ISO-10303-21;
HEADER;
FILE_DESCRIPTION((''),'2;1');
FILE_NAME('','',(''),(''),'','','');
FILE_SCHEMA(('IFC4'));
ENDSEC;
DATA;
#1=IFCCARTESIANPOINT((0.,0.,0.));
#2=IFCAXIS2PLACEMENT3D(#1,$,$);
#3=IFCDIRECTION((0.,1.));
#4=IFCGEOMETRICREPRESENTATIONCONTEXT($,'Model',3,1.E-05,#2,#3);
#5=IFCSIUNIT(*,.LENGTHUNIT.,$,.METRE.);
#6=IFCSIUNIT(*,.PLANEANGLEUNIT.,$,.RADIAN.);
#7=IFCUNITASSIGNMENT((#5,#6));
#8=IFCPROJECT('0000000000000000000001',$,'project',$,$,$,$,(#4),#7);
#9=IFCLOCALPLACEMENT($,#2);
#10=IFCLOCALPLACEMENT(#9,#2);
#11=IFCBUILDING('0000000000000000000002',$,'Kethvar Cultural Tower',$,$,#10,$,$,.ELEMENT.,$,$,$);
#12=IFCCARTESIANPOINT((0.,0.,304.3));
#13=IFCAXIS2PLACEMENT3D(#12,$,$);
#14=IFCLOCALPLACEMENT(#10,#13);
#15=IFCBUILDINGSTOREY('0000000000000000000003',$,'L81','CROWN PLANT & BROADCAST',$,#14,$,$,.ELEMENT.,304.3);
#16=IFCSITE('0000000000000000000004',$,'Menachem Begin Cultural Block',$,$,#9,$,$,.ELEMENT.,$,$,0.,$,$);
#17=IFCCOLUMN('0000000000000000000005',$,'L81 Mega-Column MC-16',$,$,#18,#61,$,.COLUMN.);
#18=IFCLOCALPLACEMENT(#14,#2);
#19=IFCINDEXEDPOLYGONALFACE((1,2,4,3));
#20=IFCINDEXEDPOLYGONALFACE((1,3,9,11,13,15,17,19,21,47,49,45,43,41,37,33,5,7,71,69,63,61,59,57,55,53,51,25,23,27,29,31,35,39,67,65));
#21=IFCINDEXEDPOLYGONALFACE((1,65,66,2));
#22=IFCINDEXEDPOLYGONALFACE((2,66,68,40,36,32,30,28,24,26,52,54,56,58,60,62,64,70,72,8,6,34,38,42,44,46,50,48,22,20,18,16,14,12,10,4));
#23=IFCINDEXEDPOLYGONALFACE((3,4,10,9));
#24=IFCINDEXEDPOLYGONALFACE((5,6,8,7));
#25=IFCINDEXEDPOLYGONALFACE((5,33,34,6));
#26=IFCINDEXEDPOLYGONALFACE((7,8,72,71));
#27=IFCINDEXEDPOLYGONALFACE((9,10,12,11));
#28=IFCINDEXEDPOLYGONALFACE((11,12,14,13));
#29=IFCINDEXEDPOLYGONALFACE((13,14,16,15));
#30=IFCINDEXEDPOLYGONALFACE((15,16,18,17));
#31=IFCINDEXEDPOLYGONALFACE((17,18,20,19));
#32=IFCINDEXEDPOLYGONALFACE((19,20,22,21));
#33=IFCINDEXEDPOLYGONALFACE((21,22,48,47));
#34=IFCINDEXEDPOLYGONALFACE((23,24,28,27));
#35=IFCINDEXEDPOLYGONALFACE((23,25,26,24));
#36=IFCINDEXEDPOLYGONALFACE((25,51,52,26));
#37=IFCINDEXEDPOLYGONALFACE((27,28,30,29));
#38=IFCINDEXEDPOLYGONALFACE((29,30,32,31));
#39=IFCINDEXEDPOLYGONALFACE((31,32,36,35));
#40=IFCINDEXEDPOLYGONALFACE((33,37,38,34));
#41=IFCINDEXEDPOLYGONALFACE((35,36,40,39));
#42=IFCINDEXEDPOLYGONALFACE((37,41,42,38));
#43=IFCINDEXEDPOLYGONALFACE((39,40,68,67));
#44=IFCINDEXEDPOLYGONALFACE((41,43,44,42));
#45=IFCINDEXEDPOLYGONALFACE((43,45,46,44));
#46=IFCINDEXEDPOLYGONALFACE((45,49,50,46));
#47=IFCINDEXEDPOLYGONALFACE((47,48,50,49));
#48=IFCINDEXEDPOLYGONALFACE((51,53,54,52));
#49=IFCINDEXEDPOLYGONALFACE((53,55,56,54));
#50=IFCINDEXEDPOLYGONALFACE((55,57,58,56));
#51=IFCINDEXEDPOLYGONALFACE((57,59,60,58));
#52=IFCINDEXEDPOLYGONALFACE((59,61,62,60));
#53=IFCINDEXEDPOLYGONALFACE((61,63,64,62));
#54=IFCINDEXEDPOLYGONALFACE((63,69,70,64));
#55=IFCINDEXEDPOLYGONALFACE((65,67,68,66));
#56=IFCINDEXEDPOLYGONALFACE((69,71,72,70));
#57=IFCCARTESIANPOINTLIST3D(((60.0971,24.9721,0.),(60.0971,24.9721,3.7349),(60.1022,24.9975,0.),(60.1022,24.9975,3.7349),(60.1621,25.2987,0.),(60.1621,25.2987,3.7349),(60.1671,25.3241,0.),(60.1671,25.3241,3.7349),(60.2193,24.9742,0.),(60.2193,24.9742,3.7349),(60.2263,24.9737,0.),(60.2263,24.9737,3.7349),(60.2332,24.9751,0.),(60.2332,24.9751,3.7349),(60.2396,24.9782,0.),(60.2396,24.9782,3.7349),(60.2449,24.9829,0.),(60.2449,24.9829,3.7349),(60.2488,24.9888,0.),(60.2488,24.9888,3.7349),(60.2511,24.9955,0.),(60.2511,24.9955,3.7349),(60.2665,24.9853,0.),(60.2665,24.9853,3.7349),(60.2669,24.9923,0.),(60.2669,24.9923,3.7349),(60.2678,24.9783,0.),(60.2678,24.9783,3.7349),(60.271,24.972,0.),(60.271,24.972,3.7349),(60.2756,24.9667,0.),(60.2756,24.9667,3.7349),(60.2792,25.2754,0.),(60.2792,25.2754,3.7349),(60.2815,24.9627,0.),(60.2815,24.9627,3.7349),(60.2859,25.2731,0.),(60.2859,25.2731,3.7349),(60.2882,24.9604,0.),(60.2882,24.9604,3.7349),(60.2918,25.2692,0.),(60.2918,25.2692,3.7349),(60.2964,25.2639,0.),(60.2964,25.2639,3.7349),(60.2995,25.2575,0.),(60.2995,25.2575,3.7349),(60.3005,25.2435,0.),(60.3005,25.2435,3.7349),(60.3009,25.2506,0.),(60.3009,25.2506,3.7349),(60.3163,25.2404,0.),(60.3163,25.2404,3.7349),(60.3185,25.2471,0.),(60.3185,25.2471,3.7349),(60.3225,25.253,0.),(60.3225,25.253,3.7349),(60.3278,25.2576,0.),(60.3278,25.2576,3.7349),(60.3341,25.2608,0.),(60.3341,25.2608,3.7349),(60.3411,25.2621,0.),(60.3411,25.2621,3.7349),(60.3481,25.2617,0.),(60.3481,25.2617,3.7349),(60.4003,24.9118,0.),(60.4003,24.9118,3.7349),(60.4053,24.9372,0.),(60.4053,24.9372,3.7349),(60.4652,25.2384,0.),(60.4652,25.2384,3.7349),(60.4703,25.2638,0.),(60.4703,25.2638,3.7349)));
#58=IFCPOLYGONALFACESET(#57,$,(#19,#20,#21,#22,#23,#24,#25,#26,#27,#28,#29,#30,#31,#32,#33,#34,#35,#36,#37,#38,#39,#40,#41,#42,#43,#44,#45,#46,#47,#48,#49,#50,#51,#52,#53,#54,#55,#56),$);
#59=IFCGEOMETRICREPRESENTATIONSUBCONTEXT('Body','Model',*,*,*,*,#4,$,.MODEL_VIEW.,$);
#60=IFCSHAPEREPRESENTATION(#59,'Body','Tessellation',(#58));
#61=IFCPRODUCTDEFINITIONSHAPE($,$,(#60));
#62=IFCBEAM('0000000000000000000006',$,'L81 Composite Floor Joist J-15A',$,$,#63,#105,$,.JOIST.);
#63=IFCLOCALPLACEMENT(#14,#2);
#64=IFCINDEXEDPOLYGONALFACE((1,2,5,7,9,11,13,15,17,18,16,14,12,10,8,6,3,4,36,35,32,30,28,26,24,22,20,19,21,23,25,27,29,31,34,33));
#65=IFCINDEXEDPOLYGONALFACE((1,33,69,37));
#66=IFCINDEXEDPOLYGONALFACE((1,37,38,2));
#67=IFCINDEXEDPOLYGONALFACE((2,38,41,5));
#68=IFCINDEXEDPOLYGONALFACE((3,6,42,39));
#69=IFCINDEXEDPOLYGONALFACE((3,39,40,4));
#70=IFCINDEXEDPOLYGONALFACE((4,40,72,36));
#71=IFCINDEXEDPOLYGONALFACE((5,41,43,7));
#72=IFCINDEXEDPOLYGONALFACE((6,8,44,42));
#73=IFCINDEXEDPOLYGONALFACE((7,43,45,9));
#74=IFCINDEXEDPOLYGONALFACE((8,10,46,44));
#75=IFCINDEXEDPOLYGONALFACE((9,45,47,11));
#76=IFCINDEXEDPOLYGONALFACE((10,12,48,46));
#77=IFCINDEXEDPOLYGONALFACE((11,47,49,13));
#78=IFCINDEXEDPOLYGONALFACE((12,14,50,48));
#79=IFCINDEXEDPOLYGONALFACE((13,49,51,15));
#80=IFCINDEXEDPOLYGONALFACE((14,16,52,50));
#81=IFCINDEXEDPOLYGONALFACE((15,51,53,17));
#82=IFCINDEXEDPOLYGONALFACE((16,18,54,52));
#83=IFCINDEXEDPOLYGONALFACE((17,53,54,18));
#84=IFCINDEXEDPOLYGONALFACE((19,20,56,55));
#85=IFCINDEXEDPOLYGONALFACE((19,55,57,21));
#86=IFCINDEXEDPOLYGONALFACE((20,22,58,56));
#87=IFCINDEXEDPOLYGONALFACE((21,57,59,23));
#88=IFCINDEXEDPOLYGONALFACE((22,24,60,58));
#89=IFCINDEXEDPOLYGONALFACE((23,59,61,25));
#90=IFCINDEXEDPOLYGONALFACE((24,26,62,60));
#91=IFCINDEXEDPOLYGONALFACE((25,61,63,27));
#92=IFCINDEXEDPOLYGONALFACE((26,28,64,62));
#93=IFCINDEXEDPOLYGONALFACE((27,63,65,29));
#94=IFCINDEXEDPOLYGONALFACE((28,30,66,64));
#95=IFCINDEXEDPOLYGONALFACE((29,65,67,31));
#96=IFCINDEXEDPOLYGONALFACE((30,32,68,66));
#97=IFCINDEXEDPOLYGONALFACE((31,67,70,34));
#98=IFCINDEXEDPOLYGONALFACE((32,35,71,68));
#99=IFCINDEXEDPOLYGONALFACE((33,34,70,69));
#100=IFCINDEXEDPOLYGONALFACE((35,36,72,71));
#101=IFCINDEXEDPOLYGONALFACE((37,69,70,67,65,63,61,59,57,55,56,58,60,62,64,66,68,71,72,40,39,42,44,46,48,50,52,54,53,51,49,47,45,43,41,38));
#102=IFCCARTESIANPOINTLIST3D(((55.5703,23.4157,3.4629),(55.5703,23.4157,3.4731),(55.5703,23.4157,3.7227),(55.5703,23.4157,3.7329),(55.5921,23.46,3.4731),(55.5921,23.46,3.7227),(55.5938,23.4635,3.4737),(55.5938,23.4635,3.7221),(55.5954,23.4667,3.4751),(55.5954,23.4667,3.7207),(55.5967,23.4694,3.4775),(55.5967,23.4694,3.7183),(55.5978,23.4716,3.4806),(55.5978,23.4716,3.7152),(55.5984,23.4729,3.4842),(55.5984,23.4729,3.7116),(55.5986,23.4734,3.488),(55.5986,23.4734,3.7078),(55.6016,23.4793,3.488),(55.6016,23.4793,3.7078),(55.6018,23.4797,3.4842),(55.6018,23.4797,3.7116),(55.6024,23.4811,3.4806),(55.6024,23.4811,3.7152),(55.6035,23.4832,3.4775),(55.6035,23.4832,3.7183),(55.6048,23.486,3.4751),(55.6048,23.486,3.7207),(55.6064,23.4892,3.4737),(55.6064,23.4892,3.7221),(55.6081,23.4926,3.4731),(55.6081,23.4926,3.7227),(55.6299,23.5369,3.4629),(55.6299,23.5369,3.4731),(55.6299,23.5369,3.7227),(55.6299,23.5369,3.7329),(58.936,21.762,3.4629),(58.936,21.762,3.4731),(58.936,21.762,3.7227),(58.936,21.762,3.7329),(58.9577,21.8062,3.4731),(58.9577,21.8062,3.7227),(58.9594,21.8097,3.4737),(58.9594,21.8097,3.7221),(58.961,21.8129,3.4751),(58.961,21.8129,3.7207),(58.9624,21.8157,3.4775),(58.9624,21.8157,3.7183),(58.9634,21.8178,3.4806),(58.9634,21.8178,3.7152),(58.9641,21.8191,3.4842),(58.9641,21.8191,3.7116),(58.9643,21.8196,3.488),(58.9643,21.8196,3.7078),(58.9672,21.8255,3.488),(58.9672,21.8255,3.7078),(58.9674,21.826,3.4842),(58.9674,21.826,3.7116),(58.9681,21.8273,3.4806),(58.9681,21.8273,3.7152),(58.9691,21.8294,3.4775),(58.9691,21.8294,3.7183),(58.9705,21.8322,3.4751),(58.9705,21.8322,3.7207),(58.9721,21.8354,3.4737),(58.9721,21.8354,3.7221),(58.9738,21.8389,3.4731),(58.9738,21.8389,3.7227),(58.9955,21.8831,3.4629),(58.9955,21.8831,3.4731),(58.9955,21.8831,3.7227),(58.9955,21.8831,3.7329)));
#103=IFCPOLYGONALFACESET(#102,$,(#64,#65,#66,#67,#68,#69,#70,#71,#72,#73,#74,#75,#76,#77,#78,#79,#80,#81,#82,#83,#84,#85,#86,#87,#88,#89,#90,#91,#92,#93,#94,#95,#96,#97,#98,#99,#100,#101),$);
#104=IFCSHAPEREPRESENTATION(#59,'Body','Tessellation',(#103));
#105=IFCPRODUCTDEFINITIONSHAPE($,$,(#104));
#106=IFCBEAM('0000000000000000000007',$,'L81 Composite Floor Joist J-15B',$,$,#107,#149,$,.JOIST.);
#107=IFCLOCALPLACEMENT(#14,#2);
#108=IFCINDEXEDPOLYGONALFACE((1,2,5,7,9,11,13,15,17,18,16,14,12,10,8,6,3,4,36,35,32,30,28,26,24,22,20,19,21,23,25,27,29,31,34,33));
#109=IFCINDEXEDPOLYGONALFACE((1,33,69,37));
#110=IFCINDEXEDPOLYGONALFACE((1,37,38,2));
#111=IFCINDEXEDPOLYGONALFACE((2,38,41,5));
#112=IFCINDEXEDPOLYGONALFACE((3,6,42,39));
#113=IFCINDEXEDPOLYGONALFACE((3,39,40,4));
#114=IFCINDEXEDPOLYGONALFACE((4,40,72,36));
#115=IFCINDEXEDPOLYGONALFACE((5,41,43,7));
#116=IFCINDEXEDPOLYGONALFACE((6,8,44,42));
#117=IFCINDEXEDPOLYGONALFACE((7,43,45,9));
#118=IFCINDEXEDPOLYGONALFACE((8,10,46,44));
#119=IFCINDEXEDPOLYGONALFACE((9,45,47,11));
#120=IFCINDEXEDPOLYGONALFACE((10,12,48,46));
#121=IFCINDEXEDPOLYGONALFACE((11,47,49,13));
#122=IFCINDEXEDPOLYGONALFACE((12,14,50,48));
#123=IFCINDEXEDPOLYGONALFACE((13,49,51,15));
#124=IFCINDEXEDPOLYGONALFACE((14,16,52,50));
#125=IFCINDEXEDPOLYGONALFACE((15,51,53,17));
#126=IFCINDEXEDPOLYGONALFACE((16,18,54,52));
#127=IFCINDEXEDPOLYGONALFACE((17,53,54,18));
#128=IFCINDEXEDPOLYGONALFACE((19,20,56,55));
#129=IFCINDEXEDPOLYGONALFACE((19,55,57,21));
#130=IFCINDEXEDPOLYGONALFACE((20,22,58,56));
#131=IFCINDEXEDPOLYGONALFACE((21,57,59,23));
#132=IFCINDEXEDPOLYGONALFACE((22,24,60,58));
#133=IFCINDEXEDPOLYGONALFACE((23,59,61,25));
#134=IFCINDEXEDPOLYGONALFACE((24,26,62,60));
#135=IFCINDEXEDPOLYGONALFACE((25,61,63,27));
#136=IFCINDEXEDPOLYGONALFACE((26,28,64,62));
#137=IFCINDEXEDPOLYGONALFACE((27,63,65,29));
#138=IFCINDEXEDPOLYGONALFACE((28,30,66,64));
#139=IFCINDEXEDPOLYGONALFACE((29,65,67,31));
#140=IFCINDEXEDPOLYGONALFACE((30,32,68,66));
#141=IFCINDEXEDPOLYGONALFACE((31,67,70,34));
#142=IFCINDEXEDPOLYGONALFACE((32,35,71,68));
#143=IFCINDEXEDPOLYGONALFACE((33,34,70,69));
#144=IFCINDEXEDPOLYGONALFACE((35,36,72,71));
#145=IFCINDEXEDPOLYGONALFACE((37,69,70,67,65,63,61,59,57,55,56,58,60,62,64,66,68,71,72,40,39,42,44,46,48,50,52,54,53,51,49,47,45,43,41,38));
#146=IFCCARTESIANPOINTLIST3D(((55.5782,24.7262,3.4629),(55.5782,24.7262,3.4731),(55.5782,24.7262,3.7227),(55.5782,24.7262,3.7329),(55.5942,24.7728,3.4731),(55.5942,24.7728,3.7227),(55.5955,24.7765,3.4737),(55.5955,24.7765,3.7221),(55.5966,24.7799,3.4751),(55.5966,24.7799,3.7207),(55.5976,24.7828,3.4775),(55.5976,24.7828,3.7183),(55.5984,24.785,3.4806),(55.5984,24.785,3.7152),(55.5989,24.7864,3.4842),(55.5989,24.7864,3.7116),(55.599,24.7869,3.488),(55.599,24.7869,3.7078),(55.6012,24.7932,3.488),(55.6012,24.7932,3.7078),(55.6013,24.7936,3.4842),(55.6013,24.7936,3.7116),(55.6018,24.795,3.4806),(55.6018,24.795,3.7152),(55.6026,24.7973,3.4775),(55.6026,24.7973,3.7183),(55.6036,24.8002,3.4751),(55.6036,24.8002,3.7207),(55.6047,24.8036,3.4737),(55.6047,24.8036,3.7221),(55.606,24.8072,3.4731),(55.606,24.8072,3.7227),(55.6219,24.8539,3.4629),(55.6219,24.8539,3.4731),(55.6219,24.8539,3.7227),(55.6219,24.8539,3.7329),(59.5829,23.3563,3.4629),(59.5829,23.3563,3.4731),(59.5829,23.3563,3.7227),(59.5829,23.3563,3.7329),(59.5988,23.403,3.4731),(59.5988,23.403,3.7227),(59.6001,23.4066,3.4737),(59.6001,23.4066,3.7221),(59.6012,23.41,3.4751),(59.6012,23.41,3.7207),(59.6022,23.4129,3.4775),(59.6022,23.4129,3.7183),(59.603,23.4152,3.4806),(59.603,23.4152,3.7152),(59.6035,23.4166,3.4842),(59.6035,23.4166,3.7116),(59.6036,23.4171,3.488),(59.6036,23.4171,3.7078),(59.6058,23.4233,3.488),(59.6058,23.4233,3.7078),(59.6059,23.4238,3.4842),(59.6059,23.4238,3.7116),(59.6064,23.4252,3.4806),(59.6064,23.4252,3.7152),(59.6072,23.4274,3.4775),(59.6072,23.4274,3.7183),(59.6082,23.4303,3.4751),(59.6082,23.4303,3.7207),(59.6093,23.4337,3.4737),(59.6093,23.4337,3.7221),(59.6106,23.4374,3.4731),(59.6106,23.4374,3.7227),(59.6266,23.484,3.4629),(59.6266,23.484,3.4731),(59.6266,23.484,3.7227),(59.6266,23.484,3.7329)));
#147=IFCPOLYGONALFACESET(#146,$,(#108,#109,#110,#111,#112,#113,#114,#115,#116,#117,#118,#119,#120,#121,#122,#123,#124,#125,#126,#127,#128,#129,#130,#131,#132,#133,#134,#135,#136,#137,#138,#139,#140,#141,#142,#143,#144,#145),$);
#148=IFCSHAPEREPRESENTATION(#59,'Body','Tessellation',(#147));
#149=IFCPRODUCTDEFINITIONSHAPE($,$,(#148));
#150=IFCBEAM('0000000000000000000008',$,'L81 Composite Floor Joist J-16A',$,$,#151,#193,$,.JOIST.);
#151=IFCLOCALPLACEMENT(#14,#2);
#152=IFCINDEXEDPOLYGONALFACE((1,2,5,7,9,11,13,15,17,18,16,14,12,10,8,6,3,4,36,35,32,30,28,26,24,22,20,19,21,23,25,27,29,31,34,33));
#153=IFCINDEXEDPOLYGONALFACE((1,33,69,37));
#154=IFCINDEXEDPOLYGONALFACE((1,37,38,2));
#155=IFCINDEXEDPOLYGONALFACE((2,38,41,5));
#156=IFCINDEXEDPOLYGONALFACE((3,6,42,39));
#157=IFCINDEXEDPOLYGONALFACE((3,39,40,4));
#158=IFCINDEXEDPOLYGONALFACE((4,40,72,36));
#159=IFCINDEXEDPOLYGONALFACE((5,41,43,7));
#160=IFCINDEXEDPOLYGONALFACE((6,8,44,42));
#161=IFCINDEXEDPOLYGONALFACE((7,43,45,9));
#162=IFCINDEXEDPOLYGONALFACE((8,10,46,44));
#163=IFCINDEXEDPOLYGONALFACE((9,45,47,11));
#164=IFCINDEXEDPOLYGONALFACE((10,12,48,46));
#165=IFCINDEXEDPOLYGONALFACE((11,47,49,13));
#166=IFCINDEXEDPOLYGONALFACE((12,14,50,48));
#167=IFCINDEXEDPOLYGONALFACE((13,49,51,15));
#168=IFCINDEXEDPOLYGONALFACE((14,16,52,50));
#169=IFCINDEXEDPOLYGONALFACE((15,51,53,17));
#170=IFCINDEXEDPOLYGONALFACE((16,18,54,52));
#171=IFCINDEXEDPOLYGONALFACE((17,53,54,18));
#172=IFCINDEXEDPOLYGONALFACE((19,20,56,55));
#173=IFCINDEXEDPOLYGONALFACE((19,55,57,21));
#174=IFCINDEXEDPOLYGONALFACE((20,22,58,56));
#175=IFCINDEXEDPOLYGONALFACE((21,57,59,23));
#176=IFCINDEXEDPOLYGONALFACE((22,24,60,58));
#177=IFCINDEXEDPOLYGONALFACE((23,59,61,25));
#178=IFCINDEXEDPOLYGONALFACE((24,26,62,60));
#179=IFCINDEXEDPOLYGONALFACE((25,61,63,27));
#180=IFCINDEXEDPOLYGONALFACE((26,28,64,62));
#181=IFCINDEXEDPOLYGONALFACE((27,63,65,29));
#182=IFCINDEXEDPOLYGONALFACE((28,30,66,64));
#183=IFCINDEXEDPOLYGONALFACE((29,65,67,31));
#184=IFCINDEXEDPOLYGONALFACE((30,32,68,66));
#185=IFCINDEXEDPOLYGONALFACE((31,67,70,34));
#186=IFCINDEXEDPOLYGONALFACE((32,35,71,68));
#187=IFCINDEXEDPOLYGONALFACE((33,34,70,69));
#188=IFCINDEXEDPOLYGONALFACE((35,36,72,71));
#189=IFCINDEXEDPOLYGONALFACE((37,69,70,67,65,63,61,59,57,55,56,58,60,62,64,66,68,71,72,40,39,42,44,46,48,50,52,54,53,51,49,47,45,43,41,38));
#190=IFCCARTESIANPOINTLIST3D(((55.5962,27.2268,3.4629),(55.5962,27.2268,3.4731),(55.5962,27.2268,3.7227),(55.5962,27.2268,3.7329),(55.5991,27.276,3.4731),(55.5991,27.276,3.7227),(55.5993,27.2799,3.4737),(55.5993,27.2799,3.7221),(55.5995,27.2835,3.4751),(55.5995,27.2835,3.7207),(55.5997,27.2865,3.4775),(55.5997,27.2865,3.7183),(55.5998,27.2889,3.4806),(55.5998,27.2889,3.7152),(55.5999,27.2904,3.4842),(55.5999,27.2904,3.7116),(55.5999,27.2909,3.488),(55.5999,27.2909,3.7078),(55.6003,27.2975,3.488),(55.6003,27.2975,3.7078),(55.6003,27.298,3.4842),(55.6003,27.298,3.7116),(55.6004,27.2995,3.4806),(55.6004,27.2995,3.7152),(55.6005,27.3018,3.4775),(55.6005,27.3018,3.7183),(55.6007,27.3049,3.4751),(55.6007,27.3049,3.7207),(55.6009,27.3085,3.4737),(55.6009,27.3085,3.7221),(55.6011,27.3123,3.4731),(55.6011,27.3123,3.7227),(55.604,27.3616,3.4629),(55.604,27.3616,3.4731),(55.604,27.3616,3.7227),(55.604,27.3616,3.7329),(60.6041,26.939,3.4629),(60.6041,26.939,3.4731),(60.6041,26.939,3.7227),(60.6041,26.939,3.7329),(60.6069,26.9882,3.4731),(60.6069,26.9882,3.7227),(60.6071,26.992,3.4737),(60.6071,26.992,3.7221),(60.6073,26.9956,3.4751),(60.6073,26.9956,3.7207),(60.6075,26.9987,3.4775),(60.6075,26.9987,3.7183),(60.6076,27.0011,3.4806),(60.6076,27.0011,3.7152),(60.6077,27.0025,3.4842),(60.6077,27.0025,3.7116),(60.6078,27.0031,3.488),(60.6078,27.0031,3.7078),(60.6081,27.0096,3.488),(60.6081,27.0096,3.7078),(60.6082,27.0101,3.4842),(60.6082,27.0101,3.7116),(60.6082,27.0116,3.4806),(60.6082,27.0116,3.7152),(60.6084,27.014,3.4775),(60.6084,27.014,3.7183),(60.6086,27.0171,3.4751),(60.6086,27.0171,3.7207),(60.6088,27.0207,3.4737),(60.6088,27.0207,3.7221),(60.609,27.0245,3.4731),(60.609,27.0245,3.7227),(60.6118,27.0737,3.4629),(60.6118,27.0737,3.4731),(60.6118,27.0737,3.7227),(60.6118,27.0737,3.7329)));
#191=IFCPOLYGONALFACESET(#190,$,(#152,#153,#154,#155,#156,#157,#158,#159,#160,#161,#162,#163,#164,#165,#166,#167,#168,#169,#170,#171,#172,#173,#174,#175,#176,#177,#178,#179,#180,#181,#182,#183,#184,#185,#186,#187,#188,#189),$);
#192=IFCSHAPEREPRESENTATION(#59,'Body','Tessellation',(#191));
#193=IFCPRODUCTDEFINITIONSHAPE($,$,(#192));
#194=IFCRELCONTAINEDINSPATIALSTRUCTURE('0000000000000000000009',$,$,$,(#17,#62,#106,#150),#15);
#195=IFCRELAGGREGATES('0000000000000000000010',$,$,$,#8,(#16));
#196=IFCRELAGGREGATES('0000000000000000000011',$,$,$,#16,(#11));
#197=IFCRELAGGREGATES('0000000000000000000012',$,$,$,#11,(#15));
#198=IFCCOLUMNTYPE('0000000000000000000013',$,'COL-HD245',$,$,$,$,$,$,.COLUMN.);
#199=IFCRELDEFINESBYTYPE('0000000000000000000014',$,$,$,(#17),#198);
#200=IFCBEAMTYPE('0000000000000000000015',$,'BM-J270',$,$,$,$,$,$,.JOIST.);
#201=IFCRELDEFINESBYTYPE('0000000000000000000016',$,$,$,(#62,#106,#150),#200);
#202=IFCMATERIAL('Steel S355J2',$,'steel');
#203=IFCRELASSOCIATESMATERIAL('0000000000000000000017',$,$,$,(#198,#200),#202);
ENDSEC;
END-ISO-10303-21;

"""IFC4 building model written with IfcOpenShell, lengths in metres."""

from ifc_helpers import new_model, si_unit, direction, frame, origin, origin_2d, place, context, subcontext, project, spatial, i_section, extrude, source, transform, mapped, material, material_profile, profile_set, type_object, element, save


model = new_model("IFC4")

# Units and contexts
model_context = context("Model", 3, precision=1e-05, world=origin(), true_north=direction((0.0, 1.0)))
body_context = subcontext(model_context, "Body", "Model", "MODEL_VIEW")
ifc_project = project(units=[si_unit("LENGTHUNIT", "METRE"), si_unit("PLANEANGLEUNIT", "RADIAN")], contexts=[model_context])

# Site, building, storey
site_placement = place(None, origin())
site = spatial("IfcSite", under=ifc_project, at=site_placement, Name="Menachem Begin Cultural Block", CompositionType="ELEMENT", RefElevation=0.0)
building_placement = place(site_placement, origin())
building = spatial("IfcBuilding", under=site, at=building_placement, Name="Kethvar Cultural Tower", CompositionType="ELEMENT")
storey_placement = place(building_placement, frame((0.0, 0.0, 304.3)))
storey = spatial("IfcBuildingStorey", under=building, at=storey_placement, Name="L81", Description="CROWN PLANT & BROADCAST", CompositionType="ELEMENT", Elevation=304.3)

# Column
ifc_material_1 = material(Name="Steel S355J2", Category="steel")
ifc_material_profile_1 = material_profile(ifc_material_1, i_section(OverallWidth=0.3091, OverallDepth=0.3589, WebThickness=0.0161, FlangeThickness=0.0259, FilletRadius=0.0271, at=origin_2d()), Name="Steel S355J2 — HD320x245")
ifc_profile_set_1 = profile_set([ifc_material_profile_1], Name="Steel S355J2 — HD320x245")
column_type = type_object("IfcColumnType", Name="COL-HD245", PredefinedType="COLUMN", material=ifc_profile_set_1)
shared_shape_1 = source(origin(), body_context, "Body", "SweptSolid", [
    extrude(i_section(OverallWidth=0.3091, OverallDepth=0.3589, WebThickness=0.0161, FlangeThickness=0.0259, FilletRadius=0.0271, at=origin_2d()), origin(), (0.0, 0.0, 1.0), 3.7349),
])
column_placement = place(storey_placement, frame((60.2837, 25.1179, 0.0), z_axis=(0.0, 0.0, 1.0), x_axis=(0.980785, -0.19509, 0.0)))
element("IfcColumn", 1, at=column_placement, inside=storey, type_object=column_type, Name="L81 Mega-Column MC-16", PredefinedType="COLUMN", context=body_context, shape_type="MappedRepresentation", body=[
    mapped(shared_shape_1, transform((0.0, 0.0, 0.0), scale=1.0)),
])

# Beams
ifc_material_profile_2 = material_profile(ifc_material_1, i_section(OverallWidth=0.135, OverallDepth=0.27, WebThickness=0.0066, FlangeThickness=0.0103, FilletRadius=0.0149, at=origin_2d()), Name="Steel S355J2 — IPE270")
ifc_profile_set_2 = profile_set([ifc_material_profile_2], Name="Steel S355J2 — IPE270")
beam_type_1 = type_object("IfcBeamType", Name="BM-J270", PredefinedType="JOIST", material=ifc_profile_set_2)
shared_shape_2 = source(origin(), body_context, "Body", "SweptSolid", [
    extrude(i_section(OverallWidth=0.135, OverallDepth=0.27, WebThickness=0.0066, FlangeThickness=0.0103, FilletRadius=0.0149, at=origin_2d()), origin(), (0.0, 0.0, 1.0), 3.75),
])
beam_1_placement = place(storey_placement, frame((55.6001, 23.4763, 3.5979), z_axis=(0.897505, -0.441005, 0.0), x_axis=(0.441005, 0.897505, 0.0)))
element("IfcBeam", 2, at=beam_1_placement, inside=storey, type_object=beam_type_1, Name="L81 Composite Floor Joist J-15A", PredefinedType="JOIST", context=body_context, shape_type="MappedRepresentation", body=[
    mapped(shared_shape_2, transform((0.0, 0.0, 0.0), scale=1.0)),
])
shared_shape_3 = source(origin(), body_context, "Body", "SweptSolid", [
    extrude(i_section(OverallWidth=0.135, OverallDepth=0.27, WebThickness=0.0066, FlangeThickness=0.0103, FilletRadius=0.0149, at=origin_2d()), origin(), (0.0, 0.0, 1.0), 4.2324),
])
beam_2_placement = place(storey_placement, frame((55.6001, 24.79, 3.5979), z_axis=(0.946174, -0.323659, 0.0), x_axis=(0.323659, 0.946174, 0.0)))
element("IfcBeam", 3, at=beam_2_placement, inside=storey, type_object=beam_type_1, Name="L81 Composite Floor Joist J-15B", PredefinedType="JOIST", context=body_context, shape_type="MappedRepresentation", body=[
    mapped(shared_shape_3, transform((0.0, 0.0, 0.0), scale=1.0)),
])
shared_shape_4 = source(origin(), body_context, "Body", "SweptSolid", [
    extrude(i_section(OverallWidth=0.135, OverallDepth=0.27, WebThickness=0.0066, FlangeThickness=0.0103, FilletRadius=0.0149, at=origin_2d()), origin(), (0.0, 0.0, 1.0), 5.0161),
])
beam_3_placement = place(storey_placement, frame((55.6001, 27.2942, 3.5979), z_axis=(0.998352, -0.057384, 0.0), x_axis=(0.057384, 0.998352, 0.0)))
element("IfcBeam", 4, at=beam_3_placement, inside=storey, type_object=beam_type_1, Name="L81 Composite Floor Joist J-16A", PredefinedType="JOIST", context=body_context, shape_type="MappedRepresentation", body=[
    mapped(shared_shape_4, transform((0.0, 0.0, 0.0), scale=1.0)),
])

save(model, "model.ifc")
